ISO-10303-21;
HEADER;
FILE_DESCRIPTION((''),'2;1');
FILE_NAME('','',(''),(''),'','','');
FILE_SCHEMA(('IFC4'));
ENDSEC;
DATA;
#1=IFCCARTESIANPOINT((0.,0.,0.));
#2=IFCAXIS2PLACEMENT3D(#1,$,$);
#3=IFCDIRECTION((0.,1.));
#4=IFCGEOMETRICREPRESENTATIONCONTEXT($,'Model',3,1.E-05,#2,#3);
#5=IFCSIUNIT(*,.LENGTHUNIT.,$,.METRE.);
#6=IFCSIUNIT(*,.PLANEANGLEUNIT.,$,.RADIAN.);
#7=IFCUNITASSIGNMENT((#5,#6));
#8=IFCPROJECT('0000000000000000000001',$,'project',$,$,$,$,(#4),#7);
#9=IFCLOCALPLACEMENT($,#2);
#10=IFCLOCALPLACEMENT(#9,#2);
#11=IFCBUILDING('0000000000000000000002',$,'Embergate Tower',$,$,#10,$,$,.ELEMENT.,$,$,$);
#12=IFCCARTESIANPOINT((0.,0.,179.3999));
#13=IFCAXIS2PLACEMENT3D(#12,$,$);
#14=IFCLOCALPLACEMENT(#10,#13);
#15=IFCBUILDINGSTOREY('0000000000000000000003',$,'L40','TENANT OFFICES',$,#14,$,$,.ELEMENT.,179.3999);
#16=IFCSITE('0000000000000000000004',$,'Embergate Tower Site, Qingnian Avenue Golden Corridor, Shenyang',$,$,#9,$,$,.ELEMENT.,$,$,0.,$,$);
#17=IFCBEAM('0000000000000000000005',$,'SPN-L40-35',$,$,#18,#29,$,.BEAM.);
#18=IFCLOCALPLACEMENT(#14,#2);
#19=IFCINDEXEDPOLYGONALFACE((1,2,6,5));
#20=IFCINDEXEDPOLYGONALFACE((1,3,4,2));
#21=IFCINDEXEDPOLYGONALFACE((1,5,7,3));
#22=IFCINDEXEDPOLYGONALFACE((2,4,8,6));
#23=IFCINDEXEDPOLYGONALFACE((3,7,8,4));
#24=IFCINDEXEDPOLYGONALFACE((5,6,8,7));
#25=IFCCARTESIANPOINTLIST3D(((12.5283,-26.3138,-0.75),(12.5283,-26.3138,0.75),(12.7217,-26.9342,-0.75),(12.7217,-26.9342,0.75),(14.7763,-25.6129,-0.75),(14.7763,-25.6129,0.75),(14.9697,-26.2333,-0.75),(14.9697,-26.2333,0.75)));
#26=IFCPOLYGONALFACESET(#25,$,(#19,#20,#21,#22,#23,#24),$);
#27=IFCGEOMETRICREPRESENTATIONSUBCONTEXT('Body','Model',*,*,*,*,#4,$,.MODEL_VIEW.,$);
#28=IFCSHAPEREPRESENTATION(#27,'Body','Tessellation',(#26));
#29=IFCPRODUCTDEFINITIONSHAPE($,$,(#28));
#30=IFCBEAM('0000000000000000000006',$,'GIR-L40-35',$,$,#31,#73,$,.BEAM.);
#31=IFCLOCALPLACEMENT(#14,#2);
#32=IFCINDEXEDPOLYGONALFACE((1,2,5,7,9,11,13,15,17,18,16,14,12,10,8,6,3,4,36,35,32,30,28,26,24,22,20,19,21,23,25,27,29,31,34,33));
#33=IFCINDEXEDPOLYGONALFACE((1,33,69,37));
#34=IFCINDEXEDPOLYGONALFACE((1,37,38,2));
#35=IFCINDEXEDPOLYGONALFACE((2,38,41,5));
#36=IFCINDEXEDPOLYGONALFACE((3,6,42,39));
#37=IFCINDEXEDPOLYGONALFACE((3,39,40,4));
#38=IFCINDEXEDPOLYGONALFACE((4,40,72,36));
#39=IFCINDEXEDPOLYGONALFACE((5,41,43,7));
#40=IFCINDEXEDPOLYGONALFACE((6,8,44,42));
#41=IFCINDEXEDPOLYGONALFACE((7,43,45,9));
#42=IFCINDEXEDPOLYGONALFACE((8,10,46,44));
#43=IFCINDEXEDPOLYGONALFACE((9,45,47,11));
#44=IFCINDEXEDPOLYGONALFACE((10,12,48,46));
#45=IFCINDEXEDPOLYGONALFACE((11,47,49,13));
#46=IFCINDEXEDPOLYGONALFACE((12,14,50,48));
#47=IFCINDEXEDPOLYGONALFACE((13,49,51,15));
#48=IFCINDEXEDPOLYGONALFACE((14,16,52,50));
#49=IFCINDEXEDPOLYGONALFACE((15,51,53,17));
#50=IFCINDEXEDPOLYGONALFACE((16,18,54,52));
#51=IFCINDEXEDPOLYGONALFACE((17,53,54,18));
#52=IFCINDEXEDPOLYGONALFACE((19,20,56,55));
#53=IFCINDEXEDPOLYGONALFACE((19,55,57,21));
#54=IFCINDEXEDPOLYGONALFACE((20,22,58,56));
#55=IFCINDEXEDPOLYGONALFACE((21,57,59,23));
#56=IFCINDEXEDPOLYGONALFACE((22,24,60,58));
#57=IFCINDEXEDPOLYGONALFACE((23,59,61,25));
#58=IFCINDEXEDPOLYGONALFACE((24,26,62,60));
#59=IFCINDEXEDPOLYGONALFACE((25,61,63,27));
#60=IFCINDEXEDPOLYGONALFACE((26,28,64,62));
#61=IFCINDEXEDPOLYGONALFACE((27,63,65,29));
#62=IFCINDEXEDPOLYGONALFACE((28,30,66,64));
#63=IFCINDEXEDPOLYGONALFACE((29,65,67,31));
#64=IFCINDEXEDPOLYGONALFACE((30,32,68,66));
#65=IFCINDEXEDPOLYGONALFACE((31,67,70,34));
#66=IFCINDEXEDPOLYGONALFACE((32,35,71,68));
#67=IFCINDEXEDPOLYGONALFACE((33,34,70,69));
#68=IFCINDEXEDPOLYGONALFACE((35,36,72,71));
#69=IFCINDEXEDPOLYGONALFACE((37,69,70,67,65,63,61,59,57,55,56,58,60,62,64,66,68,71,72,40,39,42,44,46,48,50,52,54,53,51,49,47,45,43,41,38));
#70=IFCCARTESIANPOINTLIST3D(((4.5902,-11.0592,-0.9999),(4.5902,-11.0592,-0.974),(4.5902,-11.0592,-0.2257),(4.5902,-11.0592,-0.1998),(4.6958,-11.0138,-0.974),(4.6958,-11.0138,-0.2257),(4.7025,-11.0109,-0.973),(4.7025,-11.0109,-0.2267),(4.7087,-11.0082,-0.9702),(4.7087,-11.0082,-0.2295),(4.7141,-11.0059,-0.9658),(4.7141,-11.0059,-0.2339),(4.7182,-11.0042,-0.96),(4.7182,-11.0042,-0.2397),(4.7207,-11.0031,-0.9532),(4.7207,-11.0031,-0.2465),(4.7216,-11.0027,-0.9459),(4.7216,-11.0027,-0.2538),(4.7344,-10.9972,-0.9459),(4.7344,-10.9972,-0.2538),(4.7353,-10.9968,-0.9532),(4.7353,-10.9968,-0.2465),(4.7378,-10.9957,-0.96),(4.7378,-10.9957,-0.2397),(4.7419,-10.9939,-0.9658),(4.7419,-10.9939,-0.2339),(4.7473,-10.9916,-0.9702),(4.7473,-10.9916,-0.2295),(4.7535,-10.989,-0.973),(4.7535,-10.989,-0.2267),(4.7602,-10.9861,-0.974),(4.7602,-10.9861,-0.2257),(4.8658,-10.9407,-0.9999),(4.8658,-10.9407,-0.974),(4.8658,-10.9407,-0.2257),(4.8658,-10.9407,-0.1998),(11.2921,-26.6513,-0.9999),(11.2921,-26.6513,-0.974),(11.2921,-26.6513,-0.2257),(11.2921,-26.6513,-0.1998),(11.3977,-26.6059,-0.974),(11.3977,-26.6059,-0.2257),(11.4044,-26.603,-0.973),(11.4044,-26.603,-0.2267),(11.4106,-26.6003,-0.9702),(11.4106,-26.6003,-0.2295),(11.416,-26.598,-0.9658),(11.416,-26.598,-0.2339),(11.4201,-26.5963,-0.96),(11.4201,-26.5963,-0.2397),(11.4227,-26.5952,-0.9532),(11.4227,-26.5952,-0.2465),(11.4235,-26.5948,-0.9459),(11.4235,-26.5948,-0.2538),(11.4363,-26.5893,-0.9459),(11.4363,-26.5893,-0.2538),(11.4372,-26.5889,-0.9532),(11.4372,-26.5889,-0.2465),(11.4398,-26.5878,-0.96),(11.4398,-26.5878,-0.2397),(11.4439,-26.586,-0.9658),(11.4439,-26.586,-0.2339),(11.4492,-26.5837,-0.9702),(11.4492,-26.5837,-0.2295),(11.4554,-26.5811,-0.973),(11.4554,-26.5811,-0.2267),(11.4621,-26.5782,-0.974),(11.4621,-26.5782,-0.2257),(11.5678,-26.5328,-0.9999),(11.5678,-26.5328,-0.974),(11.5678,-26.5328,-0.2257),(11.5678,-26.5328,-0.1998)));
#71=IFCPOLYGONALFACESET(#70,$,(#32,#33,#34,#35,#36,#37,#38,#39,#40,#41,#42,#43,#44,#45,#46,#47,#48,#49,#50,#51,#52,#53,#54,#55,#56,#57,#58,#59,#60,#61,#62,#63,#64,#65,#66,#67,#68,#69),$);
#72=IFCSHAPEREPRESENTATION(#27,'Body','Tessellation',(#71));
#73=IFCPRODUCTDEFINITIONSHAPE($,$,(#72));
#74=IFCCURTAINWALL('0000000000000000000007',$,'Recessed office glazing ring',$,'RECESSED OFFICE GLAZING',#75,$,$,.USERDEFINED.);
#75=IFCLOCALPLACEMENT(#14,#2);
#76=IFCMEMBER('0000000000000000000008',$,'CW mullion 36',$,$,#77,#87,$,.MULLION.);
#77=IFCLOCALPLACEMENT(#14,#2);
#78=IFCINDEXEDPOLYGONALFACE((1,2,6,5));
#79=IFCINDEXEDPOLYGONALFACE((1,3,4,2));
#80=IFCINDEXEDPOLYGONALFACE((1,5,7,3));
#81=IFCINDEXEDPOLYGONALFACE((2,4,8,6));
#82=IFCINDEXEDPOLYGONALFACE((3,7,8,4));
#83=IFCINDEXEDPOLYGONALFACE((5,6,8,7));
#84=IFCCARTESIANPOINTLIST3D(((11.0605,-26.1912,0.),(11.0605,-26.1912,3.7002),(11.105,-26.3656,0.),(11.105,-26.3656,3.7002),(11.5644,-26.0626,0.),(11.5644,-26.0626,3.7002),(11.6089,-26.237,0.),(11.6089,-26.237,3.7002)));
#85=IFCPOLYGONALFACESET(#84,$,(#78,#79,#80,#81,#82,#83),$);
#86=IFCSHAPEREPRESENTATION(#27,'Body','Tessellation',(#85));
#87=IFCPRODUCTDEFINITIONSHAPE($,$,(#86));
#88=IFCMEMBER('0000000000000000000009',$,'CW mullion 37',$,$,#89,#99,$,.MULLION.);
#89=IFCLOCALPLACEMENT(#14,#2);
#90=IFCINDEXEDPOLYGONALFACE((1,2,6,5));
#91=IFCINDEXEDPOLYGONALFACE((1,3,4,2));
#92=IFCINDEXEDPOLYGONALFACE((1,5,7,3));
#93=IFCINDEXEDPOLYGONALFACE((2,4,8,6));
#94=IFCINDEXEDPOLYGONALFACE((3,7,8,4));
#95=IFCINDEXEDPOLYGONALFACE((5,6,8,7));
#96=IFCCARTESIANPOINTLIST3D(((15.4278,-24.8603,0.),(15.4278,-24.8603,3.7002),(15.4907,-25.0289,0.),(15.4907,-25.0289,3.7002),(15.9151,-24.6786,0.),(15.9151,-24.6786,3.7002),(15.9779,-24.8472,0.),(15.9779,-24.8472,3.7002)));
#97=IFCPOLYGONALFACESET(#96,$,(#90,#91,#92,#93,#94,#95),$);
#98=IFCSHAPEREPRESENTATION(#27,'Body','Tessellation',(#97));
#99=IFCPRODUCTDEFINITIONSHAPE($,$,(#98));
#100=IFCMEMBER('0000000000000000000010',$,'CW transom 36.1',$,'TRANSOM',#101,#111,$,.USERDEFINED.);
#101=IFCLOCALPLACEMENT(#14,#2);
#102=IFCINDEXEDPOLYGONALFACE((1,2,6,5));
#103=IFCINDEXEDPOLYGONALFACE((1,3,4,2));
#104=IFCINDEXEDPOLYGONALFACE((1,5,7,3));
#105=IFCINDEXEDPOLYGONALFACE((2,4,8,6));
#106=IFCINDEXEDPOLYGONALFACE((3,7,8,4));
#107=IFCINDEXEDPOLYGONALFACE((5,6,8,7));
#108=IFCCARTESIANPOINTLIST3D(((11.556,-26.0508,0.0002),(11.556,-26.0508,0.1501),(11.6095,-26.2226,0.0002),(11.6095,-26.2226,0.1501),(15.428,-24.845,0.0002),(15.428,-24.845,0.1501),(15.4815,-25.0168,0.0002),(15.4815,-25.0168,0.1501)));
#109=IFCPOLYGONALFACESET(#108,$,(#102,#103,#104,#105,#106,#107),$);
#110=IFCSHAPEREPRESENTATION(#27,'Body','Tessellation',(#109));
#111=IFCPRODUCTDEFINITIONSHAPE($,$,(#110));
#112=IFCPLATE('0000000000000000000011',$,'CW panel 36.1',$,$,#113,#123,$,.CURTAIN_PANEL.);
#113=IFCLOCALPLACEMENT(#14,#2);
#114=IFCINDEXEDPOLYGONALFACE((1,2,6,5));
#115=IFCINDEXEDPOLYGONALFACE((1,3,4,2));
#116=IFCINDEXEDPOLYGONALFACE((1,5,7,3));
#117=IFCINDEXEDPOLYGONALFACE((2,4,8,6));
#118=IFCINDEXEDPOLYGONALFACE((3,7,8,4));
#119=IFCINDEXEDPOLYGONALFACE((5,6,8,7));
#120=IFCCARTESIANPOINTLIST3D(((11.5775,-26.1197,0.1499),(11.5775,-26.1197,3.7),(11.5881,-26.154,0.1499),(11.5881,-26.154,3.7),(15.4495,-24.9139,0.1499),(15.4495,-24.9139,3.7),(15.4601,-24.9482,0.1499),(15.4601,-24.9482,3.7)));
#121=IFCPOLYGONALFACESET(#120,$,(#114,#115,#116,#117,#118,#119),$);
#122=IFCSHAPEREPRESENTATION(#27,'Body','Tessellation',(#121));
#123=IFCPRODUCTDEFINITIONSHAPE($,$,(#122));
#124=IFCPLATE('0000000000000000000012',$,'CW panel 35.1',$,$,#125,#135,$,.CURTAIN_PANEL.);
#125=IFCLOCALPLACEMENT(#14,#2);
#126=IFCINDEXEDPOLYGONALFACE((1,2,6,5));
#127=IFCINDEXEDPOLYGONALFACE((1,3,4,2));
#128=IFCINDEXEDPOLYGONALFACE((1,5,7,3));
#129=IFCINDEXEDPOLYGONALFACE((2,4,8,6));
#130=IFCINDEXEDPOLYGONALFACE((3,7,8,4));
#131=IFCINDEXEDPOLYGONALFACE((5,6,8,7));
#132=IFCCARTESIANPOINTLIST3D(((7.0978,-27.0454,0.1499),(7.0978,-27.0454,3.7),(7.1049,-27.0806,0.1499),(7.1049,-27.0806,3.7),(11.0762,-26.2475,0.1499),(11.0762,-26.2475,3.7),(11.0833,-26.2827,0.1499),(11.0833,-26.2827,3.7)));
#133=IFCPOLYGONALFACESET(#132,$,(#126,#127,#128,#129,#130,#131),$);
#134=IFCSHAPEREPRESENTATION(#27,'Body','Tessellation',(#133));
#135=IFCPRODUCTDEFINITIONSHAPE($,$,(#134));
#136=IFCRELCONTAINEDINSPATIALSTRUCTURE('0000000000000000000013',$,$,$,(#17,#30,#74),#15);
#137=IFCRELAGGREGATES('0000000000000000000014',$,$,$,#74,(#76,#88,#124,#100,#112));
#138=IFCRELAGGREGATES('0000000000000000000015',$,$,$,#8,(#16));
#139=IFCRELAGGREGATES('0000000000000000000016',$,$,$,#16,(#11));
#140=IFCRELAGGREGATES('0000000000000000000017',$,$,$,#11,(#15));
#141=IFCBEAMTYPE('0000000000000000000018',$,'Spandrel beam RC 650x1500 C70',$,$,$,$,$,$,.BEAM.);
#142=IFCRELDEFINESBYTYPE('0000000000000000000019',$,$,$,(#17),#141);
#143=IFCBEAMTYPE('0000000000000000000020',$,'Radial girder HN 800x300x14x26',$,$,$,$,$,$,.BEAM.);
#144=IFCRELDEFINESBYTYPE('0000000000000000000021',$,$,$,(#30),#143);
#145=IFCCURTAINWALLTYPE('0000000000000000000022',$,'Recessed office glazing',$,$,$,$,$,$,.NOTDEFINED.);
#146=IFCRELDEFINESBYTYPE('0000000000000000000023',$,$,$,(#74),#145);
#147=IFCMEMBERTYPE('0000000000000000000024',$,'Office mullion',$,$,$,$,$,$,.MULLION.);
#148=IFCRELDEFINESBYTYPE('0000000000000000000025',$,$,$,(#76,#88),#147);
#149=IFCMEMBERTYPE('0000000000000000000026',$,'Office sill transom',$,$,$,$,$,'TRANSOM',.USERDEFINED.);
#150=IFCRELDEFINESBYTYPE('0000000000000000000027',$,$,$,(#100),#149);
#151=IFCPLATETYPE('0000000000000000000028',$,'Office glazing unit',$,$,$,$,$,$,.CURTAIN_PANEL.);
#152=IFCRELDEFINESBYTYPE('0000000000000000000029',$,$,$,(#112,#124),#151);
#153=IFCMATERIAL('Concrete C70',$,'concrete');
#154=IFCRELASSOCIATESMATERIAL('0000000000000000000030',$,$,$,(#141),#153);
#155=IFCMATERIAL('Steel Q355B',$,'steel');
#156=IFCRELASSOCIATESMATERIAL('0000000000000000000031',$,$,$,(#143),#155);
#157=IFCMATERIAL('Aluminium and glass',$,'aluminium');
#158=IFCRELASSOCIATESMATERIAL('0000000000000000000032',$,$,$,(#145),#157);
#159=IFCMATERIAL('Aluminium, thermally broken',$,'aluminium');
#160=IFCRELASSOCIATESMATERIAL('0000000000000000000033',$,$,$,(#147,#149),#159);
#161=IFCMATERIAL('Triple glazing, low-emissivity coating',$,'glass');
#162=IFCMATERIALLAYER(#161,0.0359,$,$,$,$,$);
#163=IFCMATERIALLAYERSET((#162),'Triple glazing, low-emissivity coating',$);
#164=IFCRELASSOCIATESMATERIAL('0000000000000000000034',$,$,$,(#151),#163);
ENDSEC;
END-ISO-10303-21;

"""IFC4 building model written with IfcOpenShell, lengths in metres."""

from ifc_helpers import new_model, si_unit, direction, frame, origin, origin_2d, place, context, subcontext, project, spatial, rectangle, i_section, extrude, source, transform, mapped, material, layer, layer_set, material_profile, profile_set, type_object, element, aggregate, save


model = new_model("IFC4")

# Units and contexts
model_context = context("Model", 3, precision=1e-05, world=origin(), true_north=direction((0.0, 1.0)))
body_context = subcontext(model_context, "Body", "Model", "MODEL_VIEW")
ifc_project = project(units=[si_unit("LENGTHUNIT", "METRE"), si_unit("PLANEANGLEUNIT", "RADIAN")], contexts=[model_context])

# Site, building, storey
site_placement = place(None, origin())
site = spatial("IfcSite", under=ifc_project, at=site_placement, Name="Embergate Tower Site, Qingnian Avenue Golden Corridor, Shenyang", CompositionType="ELEMENT", RefElevation=0.0)
building_placement = place(site_placement, origin())
building = spatial("IfcBuilding", under=site, at=building_placement, Name="Embergate Tower", CompositionType="ELEMENT")
storey_placement = place(building_placement, frame((0.0, 0.0, 179.3999)))
storey = spatial("IfcBuildingStorey", under=building, at=storey_placement, Name="L40", Description="TENANT OFFICES", CompositionType="ELEMENT", Elevation=179.3999)

# Beams
ifc_material_1 = material(Name="Concrete C70", Category="concrete")
ifc_material_profile_1 = material_profile(ifc_material_1, rectangle(XDim=0.6499, YDim=1.5, at=origin_2d()), Name="RC 650x1500")
ifc_profile_set_1 = profile_set([ifc_material_profile_1], Name="Concrete C70")
beam_type_1 = type_object("IfcBeamType", Name="Spandrel beam RC 650x1500 C70", PredefinedType="BEAM", material=ifc_profile_set_1)
shared_shape_1 = source(origin(), body_context, "Body", "SweptSolid", [
    extrude(rectangle(XDim=0.6499, YDim=1.5, at=origin_2d()), origin(), (0.0, 0.0, 1.0), 2.3547),
])
beam_1_placement = place(storey_placement, frame((12.625, -26.624, 0.0), z_axis=(0.954672, 0.297661, 0.0), x_axis=(-0.297661, 0.954672, 0.0)))
element("IfcBeam", 1, at=beam_1_placement, inside=storey, type_object=beam_type_1, Name="SPN-L40-35", PredefinedType="BEAM", context=body_context, shape_type="MappedRepresentation", body=[
    mapped(shared_shape_1, transform((0.0, 0.0, 0.0))),
])
ifc_material_2 = material(Name="Steel Q355B", Category="steel")
ifc_material_profile_2 = material_profile(ifc_material_2, i_section(OverallWidth=0.3, OverallDepth=0.8, WebThickness=0.0139, FlangeThickness=0.0259, FilletRadius=0.0281, at=origin_2d()), Name="HN 800x300x14x26")
ifc_profile_set_2 = profile_set([ifc_material_profile_2], Name="Steel Q355 grade B")
beam_type_2 = type_object("IfcBeamType", Name="Radial girder HN 800x300x14x26", PredefinedType="BEAM", material=ifc_profile_set_2)
shared_shape_2 = source(origin(), body_context, "Body", "SweptSolid", [
    extrude(i_section(OverallWidth=0.3, OverallDepth=0.8, WebThickness=0.0139, FlangeThickness=0.0259, FilletRadius=0.0281, at=origin_2d()), origin(), (0.0, 0.0, 1.0), 16.9714),
])
beam_2_placement = place(storey_placement, frame((11.4299, -26.592, -0.5999), z_axis=(-0.394895, 0.918726, 0.0), x_axis=(-0.918726, -0.394895, 0.0)))
element("IfcBeam", 2, at=beam_2_placement, inside=storey, type_object=beam_type_2, Name="GIR-L40-35", PredefinedType="BEAM", context=body_context, shape_type="MappedRepresentation", body=[
    mapped(shared_shape_2, transform((0.0, 0.0, 0.0))),
])

# Curtain wall, members, plates
ifc_material_3 = material(Name="Aluminium and glass", Category="aluminium")
curtain_wall_type = type_object("IfcCurtainWallType", Name="Recessed office glazing", PredefinedType="NOTDEFINED", material=ifc_material_3)
curtain_wall_placement = place(storey_placement, origin())
curtain_wall = element("IfcCurtainWall", 3, at=curtain_wall_placement, inside=storey, type_object=curtain_wall_type, Name="Recessed office glazing ring", ObjectType="RECESSED OFFICE GLAZING", PredefinedType="USERDEFINED")
ifc_material_4 = material(Name="Aluminium, thermally broken", Category="aluminium")
ifc_material_profile_3 = material_profile(ifc_material_4, rectangle(XDim=0.1799, YDim=0.52, at=origin_2d()), Name="AL 520x180")
ifc_profile_set_3 = profile_set([ifc_material_profile_3], Name="Aluminium, thermally broken")
member_type_1 = type_object("IfcMemberType", Name="Office mullion", PredefinedType="MULLION", material=ifc_profile_set_3)
shared_shape_3 = source(origin(), body_context, "Body", "SweptSolid", [
    extrude(rectangle(XDim=0.1799, YDim=0.52, at=origin_2d()), origin(), (0.0, 0.0, 1.0), 3.7002),
])
member_1_placement = place(storey_placement, frame((11.3347, -26.2141, 0.0), z_axis=(0.0, 0.0, 1.0), x_axis=(-0.247308, 0.968937, 0.0)))
member_1 = element("IfcMember", 4, at=member_1_placement, type_object=member_type_1, Name="CW mullion 36", PredefinedType="MULLION", context=body_context, shape_type="MappedRepresentation", body=[
    mapped(shared_shape_3, transform((0.0, 0.0, 0.0))),
])
member_2_placement = place(storey_placement, frame((15.7029, -24.8538, 0.0), z_axis=(0.0, 0.0, 1.0), x_axis=(-0.349498, 0.936937, 0.0)))
member_2 = element("IfcMember", 5, at=member_2_placement, type_object=member_type_1, Name="CW mullion 37", PredefinedType="MULLION", context=body_context, shape_type="MappedRepresentation", body=[
    mapped(shared_shape_3, transform((0.0, 0.0, 0.0))),
])
ifc_material_profile_4 = material_profile(ifc_material_4, rectangle(XDim=0.1799, YDim=0.1499, at=origin_2d()), Name="AL 150x180")
ifc_profile_set_4 = profile_set([ifc_material_profile_4], Name="Aluminium, thermally broken")
member_type_2 = type_object("IfcMemberType", Name="Office sill transom", ElementType="TRANSOM", PredefinedType="USERDEFINED", material=ifc_profile_set_4)
shared_shape_4 = source(origin(), body_context, "Body", "SweptSolid", [
    extrude(rectangle(XDim=0.1799, YDim=0.1499, at=origin_2d()), origin(), (0.0, 0.0, 1.0), 4.0554),
])
member_3_placement = place(storey_placement, frame((11.5828, -26.1367, 0.0752), z_axis=(0.954775, 0.297329, 0.0), x_axis=(-0.297329, 0.954775, 0.0)))
member_3 = element("IfcMember", 6, at=member_3_placement, type_object=member_type_2, Name="CW transom 36.1", ObjectType="TRANSOM", PredefinedType="USERDEFINED", context=body_context, shape_type="MappedRepresentation", body=[
    mapped(shared_shape_4, transform((0.0, 0.0, 0.0))),
])
ifc_material_5 = material(Name="Triple glazing, low-emissivity coating", Category="glass")
ifc_layer_1 = layer(ifc_material_5, 0.0359)
ifc_layer_set_1 = layer_set([ifc_layer_1], Name="Triple glazing, low-emissivity coating")
plate_type = type_object("IfcPlateType", Name="Office glazing unit", PredefinedType="CURTAIN_PANEL", material=ifc_layer_set_1)
shared_shape_5 = source(origin(), body_context, "Body", "SweptSolid", [
    extrude(rectangle(XDim=4.0554, YDim=0.0359, at=origin_2d()), origin(), (0.0, 0.0, 1.0), 3.55),
])
plate_1_placement = place(storey_placement, frame((13.5188, -25.5339, 0.1499), z_axis=(0.0, 0.0, 1.0), x_axis=(0.954773, 0.297335, 0.0)))
plate_1 = element("IfcPlate", 7, at=plate_1_placement, type_object=plate_type, Name="CW panel 36.1", PredefinedType="CURTAIN_PANEL", context=body_context, shape_type="MappedRepresentation", body=[
    mapped(shared_shape_5, transform((0.0, 0.0, 0.0))),
])
shared_shape_6 = source(origin(), body_context, "Body", "SweptSolid", [
    extrude(rectangle(XDim=4.0576, YDim=0.0359, at=origin_2d()), origin(), (0.0, 0.0, 1.0), 3.55),
])
plate_2_placement = place(storey_placement, frame((9.0906, -26.6641, 0.1499), z_axis=(0.0, 0.0, 1.0), x_axis=(0.980476, 0.196638, 0.0)))
plate_2 = element("IfcPlate", 8, at=plate_2_placement, type_object=plate_type, Name="CW panel 35.1", PredefinedType="CURTAIN_PANEL", context=body_context, shape_type="MappedRepresentation", body=[
    mapped(shared_shape_6, transform((0.0, 0.0, 0.0))),
])
aggregate(curtain_wall, [member_1, member_2, plate_2, member_3, plate_1])

save(model, "model.ifc")
